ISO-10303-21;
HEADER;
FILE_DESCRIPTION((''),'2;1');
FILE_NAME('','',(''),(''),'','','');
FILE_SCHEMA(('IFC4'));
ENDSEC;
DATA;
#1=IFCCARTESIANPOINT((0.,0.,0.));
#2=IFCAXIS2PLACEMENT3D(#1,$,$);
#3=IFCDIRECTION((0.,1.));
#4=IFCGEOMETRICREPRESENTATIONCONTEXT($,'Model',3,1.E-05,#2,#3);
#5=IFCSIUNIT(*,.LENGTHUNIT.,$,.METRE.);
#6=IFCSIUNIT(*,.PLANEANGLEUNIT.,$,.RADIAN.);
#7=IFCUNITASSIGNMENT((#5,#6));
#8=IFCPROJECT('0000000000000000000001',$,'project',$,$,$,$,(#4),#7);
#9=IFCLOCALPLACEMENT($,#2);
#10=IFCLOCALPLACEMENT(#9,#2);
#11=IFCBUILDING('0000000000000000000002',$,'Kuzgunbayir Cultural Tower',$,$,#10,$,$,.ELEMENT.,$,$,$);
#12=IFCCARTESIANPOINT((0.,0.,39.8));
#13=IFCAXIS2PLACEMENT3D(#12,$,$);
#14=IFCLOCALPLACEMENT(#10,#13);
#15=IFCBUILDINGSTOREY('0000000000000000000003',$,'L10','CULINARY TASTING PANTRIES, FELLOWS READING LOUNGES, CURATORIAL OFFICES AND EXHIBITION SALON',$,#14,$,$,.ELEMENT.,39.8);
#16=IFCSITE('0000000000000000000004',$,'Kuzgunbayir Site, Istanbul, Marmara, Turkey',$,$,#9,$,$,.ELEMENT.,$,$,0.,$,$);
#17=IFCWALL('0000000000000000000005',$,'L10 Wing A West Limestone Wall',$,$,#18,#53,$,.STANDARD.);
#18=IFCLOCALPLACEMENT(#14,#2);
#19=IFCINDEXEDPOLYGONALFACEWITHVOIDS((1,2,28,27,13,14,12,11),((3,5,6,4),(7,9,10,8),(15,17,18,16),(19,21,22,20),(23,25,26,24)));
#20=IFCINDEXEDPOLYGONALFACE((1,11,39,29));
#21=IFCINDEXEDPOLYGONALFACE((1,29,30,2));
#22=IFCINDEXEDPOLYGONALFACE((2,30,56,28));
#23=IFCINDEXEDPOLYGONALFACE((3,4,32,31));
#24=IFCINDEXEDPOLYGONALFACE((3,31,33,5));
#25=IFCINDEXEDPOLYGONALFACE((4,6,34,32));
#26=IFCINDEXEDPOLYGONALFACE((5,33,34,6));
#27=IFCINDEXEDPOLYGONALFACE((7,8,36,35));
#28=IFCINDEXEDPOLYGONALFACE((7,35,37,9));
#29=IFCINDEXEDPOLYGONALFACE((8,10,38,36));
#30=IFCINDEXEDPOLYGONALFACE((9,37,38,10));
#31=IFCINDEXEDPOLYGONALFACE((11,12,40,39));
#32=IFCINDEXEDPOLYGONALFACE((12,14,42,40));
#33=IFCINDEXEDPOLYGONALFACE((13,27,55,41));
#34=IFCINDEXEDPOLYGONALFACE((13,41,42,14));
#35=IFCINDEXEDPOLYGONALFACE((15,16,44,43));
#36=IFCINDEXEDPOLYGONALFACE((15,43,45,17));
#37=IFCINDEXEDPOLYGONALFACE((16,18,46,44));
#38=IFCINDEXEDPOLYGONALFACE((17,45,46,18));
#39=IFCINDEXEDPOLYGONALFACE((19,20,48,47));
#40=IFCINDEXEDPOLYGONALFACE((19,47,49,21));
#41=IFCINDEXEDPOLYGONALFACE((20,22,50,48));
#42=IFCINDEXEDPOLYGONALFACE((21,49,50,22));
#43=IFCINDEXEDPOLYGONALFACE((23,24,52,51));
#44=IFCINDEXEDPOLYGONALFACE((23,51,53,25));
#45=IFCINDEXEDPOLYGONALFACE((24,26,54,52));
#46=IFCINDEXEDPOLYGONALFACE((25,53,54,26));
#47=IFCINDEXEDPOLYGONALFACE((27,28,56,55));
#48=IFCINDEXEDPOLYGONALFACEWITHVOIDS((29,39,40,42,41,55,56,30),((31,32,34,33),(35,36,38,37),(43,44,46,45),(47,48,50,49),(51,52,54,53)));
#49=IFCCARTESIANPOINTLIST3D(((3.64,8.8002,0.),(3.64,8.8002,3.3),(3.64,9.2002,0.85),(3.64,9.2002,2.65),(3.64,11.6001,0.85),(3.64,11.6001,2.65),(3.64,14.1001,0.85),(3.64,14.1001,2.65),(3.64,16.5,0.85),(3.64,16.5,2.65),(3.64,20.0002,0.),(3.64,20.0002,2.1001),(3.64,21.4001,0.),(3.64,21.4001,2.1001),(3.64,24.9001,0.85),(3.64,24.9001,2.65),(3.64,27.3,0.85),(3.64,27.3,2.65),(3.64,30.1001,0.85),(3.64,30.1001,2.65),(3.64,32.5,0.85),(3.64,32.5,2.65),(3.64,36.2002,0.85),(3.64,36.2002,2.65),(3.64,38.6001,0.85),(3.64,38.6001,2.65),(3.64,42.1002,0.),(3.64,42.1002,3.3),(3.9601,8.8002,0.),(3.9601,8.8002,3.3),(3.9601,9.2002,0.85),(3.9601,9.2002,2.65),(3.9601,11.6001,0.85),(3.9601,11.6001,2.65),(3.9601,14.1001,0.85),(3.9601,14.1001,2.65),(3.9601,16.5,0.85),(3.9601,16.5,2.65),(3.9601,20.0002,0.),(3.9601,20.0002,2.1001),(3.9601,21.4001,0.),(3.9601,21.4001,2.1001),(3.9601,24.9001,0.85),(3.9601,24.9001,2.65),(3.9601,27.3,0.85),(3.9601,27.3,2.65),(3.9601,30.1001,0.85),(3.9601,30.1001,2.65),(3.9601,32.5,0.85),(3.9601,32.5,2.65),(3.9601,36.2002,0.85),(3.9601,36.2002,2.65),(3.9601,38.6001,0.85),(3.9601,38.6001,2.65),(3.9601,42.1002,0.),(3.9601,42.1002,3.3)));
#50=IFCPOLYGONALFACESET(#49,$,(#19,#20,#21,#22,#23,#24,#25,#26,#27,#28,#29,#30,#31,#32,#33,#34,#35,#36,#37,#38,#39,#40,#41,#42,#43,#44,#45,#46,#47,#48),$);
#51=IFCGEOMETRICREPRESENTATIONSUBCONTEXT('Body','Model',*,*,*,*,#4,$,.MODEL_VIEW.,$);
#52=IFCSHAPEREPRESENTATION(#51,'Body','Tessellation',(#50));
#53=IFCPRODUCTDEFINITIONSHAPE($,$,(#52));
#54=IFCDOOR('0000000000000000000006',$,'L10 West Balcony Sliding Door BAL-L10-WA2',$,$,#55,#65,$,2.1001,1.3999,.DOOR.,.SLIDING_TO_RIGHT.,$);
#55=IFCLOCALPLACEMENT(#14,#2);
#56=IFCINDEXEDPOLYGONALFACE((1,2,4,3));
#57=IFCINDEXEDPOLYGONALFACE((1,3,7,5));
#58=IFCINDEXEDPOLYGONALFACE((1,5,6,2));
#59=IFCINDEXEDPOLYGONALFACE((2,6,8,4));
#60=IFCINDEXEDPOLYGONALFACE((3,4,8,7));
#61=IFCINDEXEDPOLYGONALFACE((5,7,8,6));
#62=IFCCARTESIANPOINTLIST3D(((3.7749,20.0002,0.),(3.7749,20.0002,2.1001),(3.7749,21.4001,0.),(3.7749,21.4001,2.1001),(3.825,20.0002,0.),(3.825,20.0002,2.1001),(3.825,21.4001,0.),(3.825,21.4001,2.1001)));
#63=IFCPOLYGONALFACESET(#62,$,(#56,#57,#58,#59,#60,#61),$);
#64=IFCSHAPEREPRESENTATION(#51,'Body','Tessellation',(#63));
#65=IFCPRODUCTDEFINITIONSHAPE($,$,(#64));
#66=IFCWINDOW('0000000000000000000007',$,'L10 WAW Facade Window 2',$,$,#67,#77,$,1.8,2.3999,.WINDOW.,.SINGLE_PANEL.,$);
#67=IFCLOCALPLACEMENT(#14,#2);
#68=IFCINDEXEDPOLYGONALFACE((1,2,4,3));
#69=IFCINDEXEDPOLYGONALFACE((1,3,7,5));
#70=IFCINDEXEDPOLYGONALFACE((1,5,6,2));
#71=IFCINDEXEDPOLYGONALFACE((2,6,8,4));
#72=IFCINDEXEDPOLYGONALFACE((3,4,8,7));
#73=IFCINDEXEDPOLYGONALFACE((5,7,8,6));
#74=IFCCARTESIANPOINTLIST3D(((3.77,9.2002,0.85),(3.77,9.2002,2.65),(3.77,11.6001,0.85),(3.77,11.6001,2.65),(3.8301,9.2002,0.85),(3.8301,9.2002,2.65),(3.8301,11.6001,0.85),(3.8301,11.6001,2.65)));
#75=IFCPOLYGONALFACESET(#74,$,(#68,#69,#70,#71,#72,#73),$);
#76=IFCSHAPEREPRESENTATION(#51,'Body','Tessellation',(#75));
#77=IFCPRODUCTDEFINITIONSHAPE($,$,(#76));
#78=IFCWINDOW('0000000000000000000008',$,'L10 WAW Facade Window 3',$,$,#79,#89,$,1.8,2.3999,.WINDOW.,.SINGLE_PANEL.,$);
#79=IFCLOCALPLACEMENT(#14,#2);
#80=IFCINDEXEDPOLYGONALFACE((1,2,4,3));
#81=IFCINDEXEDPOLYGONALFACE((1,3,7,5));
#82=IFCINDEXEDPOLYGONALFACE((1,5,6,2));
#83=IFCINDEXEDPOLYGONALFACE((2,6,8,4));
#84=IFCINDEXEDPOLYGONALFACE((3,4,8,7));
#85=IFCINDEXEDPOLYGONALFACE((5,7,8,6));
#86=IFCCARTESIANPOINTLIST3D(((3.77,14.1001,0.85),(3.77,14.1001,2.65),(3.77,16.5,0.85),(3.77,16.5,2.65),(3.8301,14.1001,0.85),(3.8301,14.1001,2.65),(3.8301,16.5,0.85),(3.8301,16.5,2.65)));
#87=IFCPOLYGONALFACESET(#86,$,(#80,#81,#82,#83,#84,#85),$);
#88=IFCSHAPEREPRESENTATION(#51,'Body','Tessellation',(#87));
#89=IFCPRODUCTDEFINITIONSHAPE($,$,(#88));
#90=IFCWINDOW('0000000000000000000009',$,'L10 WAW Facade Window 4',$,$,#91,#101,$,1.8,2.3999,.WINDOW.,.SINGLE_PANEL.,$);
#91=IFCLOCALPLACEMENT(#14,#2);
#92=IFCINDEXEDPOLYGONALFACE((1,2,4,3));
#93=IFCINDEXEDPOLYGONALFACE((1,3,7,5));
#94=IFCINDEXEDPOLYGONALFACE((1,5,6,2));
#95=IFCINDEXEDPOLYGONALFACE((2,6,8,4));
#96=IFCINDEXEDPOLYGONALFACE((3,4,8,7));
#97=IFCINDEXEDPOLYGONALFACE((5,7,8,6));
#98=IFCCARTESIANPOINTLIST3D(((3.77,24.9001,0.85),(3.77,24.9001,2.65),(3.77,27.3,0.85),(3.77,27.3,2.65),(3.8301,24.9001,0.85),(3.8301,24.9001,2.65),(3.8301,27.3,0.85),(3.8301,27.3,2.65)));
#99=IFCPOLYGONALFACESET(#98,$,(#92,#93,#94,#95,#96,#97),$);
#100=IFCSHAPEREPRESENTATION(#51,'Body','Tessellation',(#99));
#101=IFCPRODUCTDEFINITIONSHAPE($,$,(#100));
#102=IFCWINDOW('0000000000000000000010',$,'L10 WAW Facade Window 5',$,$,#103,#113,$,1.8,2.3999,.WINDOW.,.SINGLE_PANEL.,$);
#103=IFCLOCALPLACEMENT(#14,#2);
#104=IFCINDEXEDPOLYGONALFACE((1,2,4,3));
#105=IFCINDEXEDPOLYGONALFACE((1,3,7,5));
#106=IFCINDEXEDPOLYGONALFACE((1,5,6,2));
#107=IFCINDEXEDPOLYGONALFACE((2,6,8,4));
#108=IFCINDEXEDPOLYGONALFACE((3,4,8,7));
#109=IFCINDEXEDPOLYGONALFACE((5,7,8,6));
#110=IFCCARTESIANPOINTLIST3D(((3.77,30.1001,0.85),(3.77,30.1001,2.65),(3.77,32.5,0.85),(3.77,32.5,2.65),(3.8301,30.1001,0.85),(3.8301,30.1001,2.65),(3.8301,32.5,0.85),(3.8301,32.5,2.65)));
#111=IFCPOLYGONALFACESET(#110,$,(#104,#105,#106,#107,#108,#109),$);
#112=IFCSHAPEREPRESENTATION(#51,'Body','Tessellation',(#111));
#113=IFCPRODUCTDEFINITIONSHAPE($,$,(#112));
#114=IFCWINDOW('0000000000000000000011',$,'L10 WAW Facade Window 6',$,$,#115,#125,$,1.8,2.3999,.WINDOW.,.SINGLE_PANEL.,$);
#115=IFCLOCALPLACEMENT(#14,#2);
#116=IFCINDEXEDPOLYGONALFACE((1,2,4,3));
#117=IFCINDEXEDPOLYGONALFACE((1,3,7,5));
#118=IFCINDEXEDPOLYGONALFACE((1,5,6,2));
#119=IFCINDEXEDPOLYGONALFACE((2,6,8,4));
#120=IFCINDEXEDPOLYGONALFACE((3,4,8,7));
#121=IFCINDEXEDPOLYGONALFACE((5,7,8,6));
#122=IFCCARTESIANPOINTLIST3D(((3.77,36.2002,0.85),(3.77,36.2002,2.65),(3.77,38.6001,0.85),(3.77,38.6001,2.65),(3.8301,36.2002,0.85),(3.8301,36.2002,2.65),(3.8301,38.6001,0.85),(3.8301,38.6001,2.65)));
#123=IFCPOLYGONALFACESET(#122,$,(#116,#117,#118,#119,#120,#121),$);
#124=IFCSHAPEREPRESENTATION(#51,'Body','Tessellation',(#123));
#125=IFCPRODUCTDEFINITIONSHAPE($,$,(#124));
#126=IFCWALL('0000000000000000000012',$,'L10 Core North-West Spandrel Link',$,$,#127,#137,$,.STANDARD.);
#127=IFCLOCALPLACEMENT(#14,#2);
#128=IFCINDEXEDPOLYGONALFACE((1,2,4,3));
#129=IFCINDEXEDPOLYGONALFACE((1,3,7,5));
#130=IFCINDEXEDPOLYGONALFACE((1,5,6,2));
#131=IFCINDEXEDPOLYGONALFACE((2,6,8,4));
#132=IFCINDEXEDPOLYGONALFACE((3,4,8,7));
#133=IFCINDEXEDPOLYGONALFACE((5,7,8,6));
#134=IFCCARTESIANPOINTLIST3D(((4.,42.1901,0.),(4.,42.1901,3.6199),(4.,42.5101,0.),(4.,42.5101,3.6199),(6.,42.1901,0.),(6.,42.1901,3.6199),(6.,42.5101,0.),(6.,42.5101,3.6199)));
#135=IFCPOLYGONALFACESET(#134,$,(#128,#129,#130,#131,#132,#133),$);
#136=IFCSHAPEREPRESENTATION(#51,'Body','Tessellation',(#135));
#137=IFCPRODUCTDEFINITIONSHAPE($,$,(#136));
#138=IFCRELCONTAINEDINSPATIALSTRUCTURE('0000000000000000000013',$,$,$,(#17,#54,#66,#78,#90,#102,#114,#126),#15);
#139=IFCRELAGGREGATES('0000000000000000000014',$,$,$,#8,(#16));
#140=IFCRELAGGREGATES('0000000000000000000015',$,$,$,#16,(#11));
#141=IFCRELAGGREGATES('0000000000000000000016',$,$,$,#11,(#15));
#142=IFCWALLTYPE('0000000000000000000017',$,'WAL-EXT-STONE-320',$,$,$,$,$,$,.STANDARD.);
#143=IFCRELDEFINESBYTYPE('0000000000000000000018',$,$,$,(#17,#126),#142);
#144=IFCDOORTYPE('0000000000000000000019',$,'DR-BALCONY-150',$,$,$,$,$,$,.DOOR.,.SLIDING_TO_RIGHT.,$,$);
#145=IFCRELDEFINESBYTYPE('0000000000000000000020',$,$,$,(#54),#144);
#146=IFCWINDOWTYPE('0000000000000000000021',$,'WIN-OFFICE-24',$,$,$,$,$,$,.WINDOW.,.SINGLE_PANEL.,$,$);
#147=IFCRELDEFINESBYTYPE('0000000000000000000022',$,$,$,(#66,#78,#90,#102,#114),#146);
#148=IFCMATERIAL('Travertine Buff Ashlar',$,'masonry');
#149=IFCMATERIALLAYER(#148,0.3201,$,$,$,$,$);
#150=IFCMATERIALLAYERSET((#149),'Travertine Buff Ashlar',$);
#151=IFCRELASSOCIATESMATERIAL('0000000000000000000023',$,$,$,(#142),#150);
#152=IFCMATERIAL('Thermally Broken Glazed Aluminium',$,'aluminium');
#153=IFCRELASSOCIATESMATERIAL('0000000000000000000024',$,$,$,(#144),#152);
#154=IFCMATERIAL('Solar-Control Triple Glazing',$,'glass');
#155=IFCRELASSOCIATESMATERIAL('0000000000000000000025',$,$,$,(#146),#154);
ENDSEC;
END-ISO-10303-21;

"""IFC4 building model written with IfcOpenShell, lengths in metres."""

from ifc_helpers import new_model, si_unit, direction, frame, frame_2d, origin, place, context, subcontext, project, spatial, rectangle, extrude, material, layer, layer_set, type_object, element, fill, save


model = new_model("IFC4")

# Units and contexts
model_context = context("Model", 3, precision=1e-05, world=origin(), true_north=direction((0.0, 1.0)))
body_context = subcontext(model_context, "Body", "Model", "MODEL_VIEW")
ifc_project = project(units=[si_unit("LENGTHUNIT", "METRE"), si_unit("PLANEANGLEUNIT", "RADIAN")], contexts=[model_context])

# Site, building, storey
site_placement = place(None, origin())
site = spatial("IfcSite", under=ifc_project, at=site_placement, Name="Kuzgunbayir Site, Istanbul, Marmara, Turkey", CompositionType="ELEMENT", RefElevation=0.0)
building_placement = place(site_placement, origin())
building = spatial("IfcBuilding", under=site, at=building_placement, Name="Kuzgunbayir Cultural Tower", CompositionType="ELEMENT")
storey_placement = place(building_placement, frame((0.0, 0.0, 39.8)))
storey = spatial("IfcBuildingStorey", under=building, at=storey_placement, Name="L10", Description="CULINARY TASTING PANTRIES, FELLOWS READING LOUNGES, CURATORIAL OFFICES AND EXHIBITION SALON", CompositionType="ELEMENT", Elevation=39.8)

# Wall, openings, door, windows
ifc_material_1 = material(Name="Travertine Buff Ashlar", Category="masonry")
ifc_layer_1 = layer(ifc_material_1, 0.3201)
ifc_layer_set_1 = layer_set([ifc_layer_1], Name="Travertine Buff Ashlar")
wall_type_1 = type_object("IfcWallType", Name="WAL-EXT-STONE-320", PredefinedType="STANDARD", material=ifc_layer_set_1)
wall_1_placement = place(storey_placement, frame((3.8, 42.1001, 0.0), z_axis=(0.0, 0.0, 1.0), x_axis=(0.0, -1.0, 0.0)))
wall_1 = element("IfcWall", 1, at=wall_1_placement, inside=storey, type_object=wall_type_1, Name="L10 Wing A West Limestone Wall", PredefinedType="STANDARD", context=body_context, shape_type="SweptSolid", body=[
    extrude(rectangle(XDim=33.3, YDim=0.3201, at=frame_2d((16.6499, 0.0))), origin(), (0.0, 0.0, 1.0), 3.3),
])
opening_1_placement = place(wall_1_placement, frame((20.7, 0.0, 0.0)))
opening_1 = element("IfcOpeningElement", 2, at=opening_1_placement, cuts=wall_1, PredefinedType="OPENING", context=body_context, shape_type="SweptSolid", body=[
    extrude(rectangle(XDim=1.3999, YDim=2.1001, at=frame_2d((0.7, 1.05))), frame((0.0, 0.1699, 0.0), z_axis=(0.0, -1.0, 0.0), x_axis=(1.0, 0.0, 0.0)), (0.0, 0.0, 1.0), 0.3401),
])
opening_2_placement = place(wall_1_placement, frame((30.5, 0.0, 0.8501)))
opening_2 = element("IfcOpeningElement", 3, at=opening_2_placement, cuts=wall_1, PredefinedType="OPENING", context=body_context, shape_type="SweptSolid", body=[
    extrude(rectangle(XDim=2.3999, YDim=1.8, at=frame_2d((1.2, 0.8999))), frame((0.0, 0.1699, 0.0), z_axis=(0.0, -1.0, 0.0), x_axis=(1.0, 0.0, 0.0)), (0.0, 0.0, 1.0), 0.3401),
])
opening_3_placement = place(wall_1_placement, frame((25.6001, 0.0, 0.8501)))
opening_3 = element("IfcOpeningElement", 4, at=opening_3_placement, cuts=wall_1, PredefinedType="OPENING", context=body_context, shape_type="SweptSolid", body=[
    extrude(rectangle(XDim=2.3999, YDim=1.8, at=frame_2d((1.2, 0.8999))), frame((0.0, 0.1699, 0.0), z_axis=(0.0, -1.0, 0.0), x_axis=(1.0, 0.0, 0.0)), (0.0, 0.0, 1.0), 0.3401),
])
opening_4_placement = place(wall_1_placement, frame((14.8, 0.0, 0.8501)))
opening_4 = element("IfcOpeningElement", 5, at=opening_4_placement, cuts=wall_1, PredefinedType="OPENING", context=body_context, shape_type="SweptSolid", body=[
    extrude(rectangle(XDim=2.3999, YDim=1.8, at=frame_2d((1.2, 0.8999))), frame((0.0, 0.1699, 0.0), z_axis=(0.0, -1.0, 0.0), x_axis=(1.0, 0.0, 0.0)), (0.0, 0.0, 1.0), 0.3401),
])
opening_5_placement = place(wall_1_placement, frame((9.6001, 0.0, 0.8501)))
opening_5 = element("IfcOpeningElement", 6, at=opening_5_placement, cuts=wall_1, PredefinedType="OPENING", context=body_context, shape_type="SweptSolid", body=[
    extrude(rectangle(XDim=2.3999, YDim=1.8, at=frame_2d((1.2, 0.8999))), frame((0.0, 0.1699, 0.0), z_axis=(0.0, -1.0, 0.0), x_axis=(1.0, 0.0, 0.0)), (0.0, 0.0, 1.0), 0.3401),
])
opening_6_placement = place(wall_1_placement, frame((3.5, 0.0, 0.8501)))
opening_6 = element("IfcOpeningElement", 7, at=opening_6_placement, cuts=wall_1, PredefinedType="OPENING", context=body_context, shape_type="SweptSolid", body=[
    extrude(rectangle(XDim=2.3999, YDim=1.8, at=frame_2d((1.2, 0.8999))), frame((0.0, 0.1699, 0.0), z_axis=(0.0, -1.0, 0.0), x_axis=(1.0, 0.0, 0.0)), (0.0, 0.0, 1.0), 0.3401),
])
ifc_material_2 = material(Name="Thermally Broken Glazed Aluminium", Category="aluminium")
door_type = type_object("IfcDoorType", Name="DR-BALCONY-150", OperationType="SLIDING_TO_RIGHT", PredefinedType="DOOR", material=ifc_material_2)
door_placement = place(opening_1_placement, origin())
door = element("IfcDoor", 8, at=door_placement, inside=storey, type_object=door_type, Name="L10 West Balcony Sliding Door BAL-L10-WA2", OperationType="SLIDING_TO_RIGHT", OverallHeight=2.1001, OverallWidth=1.3999, PredefinedType="DOOR", context=body_context, shape_type="SweptSolid", body=[
    extrude(rectangle(XDim=1.3999, YDim=2.1001, at=frame_2d((0.7, 1.05))), frame((0.0, 0.0249, 0.0), z_axis=(0.0, -1.0, 0.0), x_axis=(1.0, 0.0, 0.0)), (0.0, 0.0, 1.0), 0.05),
])
fill(opening_1, door)
ifc_material_3 = material(Name="Solar-Control Triple Glazing", Category="glass")
window_type = type_object("IfcWindowType", Name="WIN-OFFICE-24", PartitioningType="SINGLE_PANEL", PredefinedType="WINDOW", material=ifc_material_3)
window_1_placement = place(opening_2_placement, origin())
window_1 = element("IfcWindow", 9, at=window_1_placement, inside=storey, type_object=window_type, Name="L10 WAW Facade Window 2", OverallHeight=1.8, OverallWidth=2.3999, PartitioningType="SINGLE_PANEL", PredefinedType="WINDOW", context=body_context, shape_type="SweptSolid", body=[
    extrude(rectangle(XDim=2.3999, YDim=1.8, at=frame_2d((1.2, 0.8999))), frame((0.0, 0.03, 0.0), z_axis=(0.0, -1.0, 0.0), x_axis=(1.0, 0.0, 0.0)), (0.0, 0.0, 1.0), 0.0601),
])
fill(opening_2, window_1)
window_2_placement = place(opening_3_placement, origin())
window_2 = element("IfcWindow", 10, at=window_2_placement, inside=storey, type_object=window_type, Name="L10 WAW Facade Window 3", OverallHeight=1.8, OverallWidth=2.3999, PartitioningType="SINGLE_PANEL", PredefinedType="WINDOW", context=body_context, shape_type="SweptSolid", body=[
    extrude(rectangle(XDim=2.3999, YDim=1.8, at=frame_2d((1.2, 0.8999))), frame((0.0, 0.03, 0.0), z_axis=(0.0, -1.0, 0.0), x_axis=(1.0, 0.0, 0.0)), (0.0, 0.0, 1.0), 0.0601),
])
fill(opening_3, window_2)
window_3_placement = place(opening_4_placement, origin())
window_3 = element("IfcWindow", 11, at=window_3_placement, inside=storey, type_object=window_type, Name="L10 WAW Facade Window 4", OverallHeight=1.8, OverallWidth=2.3999, PartitioningType="SINGLE_PANEL", PredefinedType="WINDOW", context=body_context, shape_type="SweptSolid", body=[
    extrude(rectangle(XDim=2.3999, YDim=1.8, at=frame_2d((1.2, 0.8999))), frame((0.0, 0.03, 0.0), z_axis=(0.0, -1.0, 0.0), x_axis=(1.0, 0.0, 0.0)), (0.0, 0.0, 1.0), 0.0601),
])
fill(opening_4, window_3)
window_4_placement = place(opening_5_placement, origin())
window_4 = element("IfcWindow", 12, at=window_4_placement, inside=storey, type_object=window_type, Name="L10 WAW Facade Window 5", OverallHeight=1.8, OverallWidth=2.3999, PartitioningType="SINGLE_PANEL", PredefinedType="WINDOW", context=body_context, shape_type="SweptSolid", body=[
    extrude(rectangle(XDim=2.3999, YDim=1.8, at=frame_2d((1.2, 0.8999))), frame((0.0, 0.03, 0.0), z_axis=(0.0, -1.0, 0.0), x_axis=(1.0, 0.0, 0.0)), (0.0, 0.0, 1.0), 0.0601),
])
fill(opening_5, window_4)
window_5_placement = place(opening_6_placement, origin())
window_5 = element("IfcWindow", 13, at=window_5_placement, inside=storey, type_object=window_type, Name="L10 WAW Facade Window 6", OverallHeight=1.8, OverallWidth=2.3999, PartitioningType="SINGLE_PANEL", PredefinedType="WINDOW", context=body_context, shape_type="SweptSolid", body=[
    extrude(rectangle(XDim=2.3999, YDim=1.8, at=frame_2d((1.2, 0.8999))), frame((0.0, 0.03, 0.0), z_axis=(0.0, -1.0, 0.0), x_axis=(1.0, 0.0, 0.0)), (0.0, 0.0, 1.0), 0.0601),
])
fill(opening_6, window_5)

# Wall
wall_2_placement = place(storey_placement, frame((6.0, 42.3501, 0.0), z_axis=(0.0, 0.0, 1.0), x_axis=(-1.0, 0.0, 0.0)))
element("IfcWall", 14, at=wall_2_placement, inside=storey, type_object=wall_type_1, Name="L10 Core North-West Spandrel Link", PredefinedType="STANDARD", context=body_context, shape_type="SweptSolid", body=[
    extrude(rectangle(XDim=2.0, YDim=0.3201, at=frame_2d((1.0, 0.0))), origin(), (0.0, 0.0, 1.0), 3.6199),
])

save(model, "model.ifc")
